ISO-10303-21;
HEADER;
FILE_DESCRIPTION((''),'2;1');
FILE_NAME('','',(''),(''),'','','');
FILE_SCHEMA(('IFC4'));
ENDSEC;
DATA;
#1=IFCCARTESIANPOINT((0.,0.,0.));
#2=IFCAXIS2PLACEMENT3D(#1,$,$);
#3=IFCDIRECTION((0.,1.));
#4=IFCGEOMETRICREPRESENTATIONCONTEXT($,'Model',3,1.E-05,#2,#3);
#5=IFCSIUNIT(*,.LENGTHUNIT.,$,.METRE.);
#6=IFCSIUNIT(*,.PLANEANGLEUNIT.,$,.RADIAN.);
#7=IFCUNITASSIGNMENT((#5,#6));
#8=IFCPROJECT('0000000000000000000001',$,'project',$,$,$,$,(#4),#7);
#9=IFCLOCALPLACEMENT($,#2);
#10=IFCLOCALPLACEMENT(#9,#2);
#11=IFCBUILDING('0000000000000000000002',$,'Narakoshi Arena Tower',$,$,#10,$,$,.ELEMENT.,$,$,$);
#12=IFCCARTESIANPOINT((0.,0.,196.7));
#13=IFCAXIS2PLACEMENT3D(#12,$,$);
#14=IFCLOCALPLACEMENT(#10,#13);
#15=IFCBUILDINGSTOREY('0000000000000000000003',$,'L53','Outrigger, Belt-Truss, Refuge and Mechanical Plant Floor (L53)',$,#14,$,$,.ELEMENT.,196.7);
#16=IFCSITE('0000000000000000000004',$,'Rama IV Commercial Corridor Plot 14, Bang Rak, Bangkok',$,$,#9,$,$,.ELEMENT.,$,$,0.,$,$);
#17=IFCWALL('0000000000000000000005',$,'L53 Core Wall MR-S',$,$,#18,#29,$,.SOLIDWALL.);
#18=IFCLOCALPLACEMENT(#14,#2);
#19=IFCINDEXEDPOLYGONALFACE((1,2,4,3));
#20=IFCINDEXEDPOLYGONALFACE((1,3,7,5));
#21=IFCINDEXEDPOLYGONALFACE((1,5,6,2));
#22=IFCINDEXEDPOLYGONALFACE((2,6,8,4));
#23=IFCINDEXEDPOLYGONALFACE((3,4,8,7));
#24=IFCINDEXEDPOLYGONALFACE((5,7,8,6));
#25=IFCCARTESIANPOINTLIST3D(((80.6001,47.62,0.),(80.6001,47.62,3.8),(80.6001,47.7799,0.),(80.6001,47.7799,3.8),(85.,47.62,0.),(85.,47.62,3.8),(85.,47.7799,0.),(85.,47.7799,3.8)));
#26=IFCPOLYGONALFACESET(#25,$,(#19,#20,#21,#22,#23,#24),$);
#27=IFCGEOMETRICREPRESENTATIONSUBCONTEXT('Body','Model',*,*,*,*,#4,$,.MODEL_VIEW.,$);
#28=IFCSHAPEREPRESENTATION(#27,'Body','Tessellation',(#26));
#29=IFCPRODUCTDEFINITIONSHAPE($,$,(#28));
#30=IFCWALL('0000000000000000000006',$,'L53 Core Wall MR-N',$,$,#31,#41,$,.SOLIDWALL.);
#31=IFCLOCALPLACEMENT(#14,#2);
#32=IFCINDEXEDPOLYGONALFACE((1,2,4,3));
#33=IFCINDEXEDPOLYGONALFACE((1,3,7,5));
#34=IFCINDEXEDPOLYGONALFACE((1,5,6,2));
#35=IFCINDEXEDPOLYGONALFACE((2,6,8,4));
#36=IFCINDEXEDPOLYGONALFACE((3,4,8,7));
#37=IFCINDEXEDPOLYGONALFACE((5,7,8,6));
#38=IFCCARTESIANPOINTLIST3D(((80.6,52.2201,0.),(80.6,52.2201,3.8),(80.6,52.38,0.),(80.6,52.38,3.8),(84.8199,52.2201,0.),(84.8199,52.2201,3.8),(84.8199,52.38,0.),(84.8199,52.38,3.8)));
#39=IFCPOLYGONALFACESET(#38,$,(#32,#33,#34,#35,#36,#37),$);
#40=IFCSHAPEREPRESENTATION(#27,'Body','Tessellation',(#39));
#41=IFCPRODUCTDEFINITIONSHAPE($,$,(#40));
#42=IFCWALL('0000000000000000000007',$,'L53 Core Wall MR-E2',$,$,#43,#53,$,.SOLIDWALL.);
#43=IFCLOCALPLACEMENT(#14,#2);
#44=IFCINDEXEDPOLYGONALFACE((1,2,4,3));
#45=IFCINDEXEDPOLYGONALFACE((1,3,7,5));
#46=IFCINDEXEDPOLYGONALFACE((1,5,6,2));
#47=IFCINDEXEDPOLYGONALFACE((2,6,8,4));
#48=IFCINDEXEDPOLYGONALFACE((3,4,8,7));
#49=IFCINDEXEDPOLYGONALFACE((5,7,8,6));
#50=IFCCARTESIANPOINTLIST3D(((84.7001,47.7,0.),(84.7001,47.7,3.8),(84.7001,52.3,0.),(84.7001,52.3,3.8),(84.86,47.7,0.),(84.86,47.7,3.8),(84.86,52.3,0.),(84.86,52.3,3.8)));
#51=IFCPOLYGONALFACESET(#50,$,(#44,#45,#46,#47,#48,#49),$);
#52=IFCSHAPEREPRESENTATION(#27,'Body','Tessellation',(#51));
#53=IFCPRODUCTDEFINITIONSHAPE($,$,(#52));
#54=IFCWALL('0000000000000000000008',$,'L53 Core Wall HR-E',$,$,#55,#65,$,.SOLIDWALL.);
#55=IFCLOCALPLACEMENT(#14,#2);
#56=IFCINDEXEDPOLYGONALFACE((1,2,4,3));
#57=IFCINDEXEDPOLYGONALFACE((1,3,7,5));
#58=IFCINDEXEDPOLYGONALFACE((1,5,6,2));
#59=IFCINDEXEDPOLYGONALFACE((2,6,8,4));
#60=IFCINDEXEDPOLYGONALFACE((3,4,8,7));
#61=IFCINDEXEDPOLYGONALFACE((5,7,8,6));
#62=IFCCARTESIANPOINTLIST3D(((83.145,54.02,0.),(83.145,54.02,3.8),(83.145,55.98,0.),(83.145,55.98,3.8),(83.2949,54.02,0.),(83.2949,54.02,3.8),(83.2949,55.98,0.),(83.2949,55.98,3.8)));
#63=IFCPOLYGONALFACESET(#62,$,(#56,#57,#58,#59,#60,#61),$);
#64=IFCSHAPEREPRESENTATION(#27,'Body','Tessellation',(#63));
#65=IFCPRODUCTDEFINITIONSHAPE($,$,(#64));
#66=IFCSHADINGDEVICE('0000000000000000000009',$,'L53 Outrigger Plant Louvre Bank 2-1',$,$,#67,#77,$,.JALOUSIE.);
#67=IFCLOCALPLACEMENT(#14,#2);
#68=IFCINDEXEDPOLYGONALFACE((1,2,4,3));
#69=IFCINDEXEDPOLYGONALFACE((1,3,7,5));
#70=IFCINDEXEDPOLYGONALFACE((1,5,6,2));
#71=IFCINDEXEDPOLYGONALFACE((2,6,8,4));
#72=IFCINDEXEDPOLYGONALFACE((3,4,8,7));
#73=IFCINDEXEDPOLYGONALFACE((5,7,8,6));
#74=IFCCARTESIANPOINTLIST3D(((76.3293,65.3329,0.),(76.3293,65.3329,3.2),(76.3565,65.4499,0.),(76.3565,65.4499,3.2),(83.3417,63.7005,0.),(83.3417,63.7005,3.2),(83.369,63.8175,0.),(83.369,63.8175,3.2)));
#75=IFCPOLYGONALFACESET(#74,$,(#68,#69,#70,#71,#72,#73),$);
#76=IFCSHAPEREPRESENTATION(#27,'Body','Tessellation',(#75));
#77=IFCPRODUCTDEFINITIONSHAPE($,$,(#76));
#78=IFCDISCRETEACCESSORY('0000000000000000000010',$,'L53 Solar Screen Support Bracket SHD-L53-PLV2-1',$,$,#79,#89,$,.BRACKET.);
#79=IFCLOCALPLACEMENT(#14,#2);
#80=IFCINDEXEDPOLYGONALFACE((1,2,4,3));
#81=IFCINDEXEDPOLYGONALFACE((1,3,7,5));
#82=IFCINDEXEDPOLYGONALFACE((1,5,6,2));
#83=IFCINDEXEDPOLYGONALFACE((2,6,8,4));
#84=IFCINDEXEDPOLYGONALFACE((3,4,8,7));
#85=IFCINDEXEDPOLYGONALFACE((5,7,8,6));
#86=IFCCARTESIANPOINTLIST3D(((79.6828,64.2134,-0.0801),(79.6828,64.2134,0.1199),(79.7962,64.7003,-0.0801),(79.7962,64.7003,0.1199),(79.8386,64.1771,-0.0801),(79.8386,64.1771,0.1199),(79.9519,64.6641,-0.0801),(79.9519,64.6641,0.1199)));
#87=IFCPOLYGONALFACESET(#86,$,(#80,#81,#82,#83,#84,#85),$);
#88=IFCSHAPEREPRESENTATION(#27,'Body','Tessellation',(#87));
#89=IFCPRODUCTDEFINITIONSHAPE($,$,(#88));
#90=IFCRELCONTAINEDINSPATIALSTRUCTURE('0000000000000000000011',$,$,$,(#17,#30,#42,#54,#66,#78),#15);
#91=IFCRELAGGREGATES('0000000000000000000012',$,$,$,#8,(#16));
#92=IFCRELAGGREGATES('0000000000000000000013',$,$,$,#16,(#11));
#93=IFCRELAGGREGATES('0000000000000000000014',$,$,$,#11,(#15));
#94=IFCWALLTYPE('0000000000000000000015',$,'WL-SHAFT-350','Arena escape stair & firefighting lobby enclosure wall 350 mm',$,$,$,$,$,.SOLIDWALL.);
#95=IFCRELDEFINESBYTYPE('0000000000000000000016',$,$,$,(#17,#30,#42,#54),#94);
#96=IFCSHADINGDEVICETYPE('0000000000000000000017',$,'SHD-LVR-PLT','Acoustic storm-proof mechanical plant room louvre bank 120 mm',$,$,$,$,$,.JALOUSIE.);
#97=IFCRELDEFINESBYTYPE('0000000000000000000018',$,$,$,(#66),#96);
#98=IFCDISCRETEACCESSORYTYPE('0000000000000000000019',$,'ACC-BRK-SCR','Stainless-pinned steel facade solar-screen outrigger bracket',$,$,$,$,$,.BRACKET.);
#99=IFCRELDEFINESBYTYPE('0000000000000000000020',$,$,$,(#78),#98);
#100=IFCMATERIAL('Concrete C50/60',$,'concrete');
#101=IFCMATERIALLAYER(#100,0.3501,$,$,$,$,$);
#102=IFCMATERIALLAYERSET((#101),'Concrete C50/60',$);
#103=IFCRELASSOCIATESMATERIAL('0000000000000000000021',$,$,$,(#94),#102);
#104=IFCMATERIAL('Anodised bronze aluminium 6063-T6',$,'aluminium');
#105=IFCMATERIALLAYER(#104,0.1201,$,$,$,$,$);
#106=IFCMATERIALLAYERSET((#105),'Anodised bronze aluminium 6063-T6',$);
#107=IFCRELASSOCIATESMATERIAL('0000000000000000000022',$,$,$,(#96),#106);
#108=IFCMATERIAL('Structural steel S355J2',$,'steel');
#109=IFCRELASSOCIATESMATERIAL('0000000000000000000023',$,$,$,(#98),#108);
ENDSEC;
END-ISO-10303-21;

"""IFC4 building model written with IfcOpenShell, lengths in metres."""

from ifc_helpers import new_model, si_unit, direction, frame, frame_2d, origin, origin_2d, place, context, subcontext, project, spatial, rectangle, extrude, material, layer, layer_set, type_object, element, save


model = new_model("IFC4")

# Units and contexts
model_context = context("Model", 3, precision=1e-05, world=origin(), true_north=direction((0.0, 1.0)))
body_context = subcontext(model_context, "Body", "Model", "MODEL_VIEW")
ifc_project = project(units=[si_unit("LENGTHUNIT", "METRE"), si_unit("PLANEANGLEUNIT", "RADIAN")], contexts=[model_context])

# Site, building, storey
site_placement = place(None, origin())
site = spatial("IfcSite", under=ifc_project, at=site_placement, Name="Rama IV Commercial Corridor Plot 14, Bang Rak, Bangkok", CompositionType="ELEMENT", RefElevation=0.0)
building_placement = place(site_placement, origin())
building = spatial("IfcBuilding", under=site, at=building_placement, Name="Narakoshi Arena Tower", CompositionType="ELEMENT")
storey_placement = place(building_placement, frame((0.0, 0.0, 196.7)))
storey = spatial("IfcBuildingStorey", under=building, at=storey_placement, Name="L53", Description="Outrigger, Belt-Truss, Refuge and Mechanical Plant Floor (L53)", CompositionType="ELEMENT", Elevation=196.7)

# Shared definitions
ifc_material_1 = material(Name="Anodised bronze aluminium 6063-T6", Category="aluminium")

# Shared definitions
ifc_material_2 = material(Name="Concrete C50/60", Category="concrete")

# Walls
ifc_layer_1 = layer(ifc_material_2, 0.3501)
ifc_layer_set_1 = layer_set([ifc_layer_1], Name="Concrete C50/60")
wall_type_1 = type_object("IfcWallType", Name="WL-SHAFT-350", Description="Arena escape stair & firefighting lobby enclosure wall 350 mm", PredefinedType="SOLIDWALL", material=ifc_layer_set_1)
wall_1_placement = place(storey_placement, frame((80.6001, 47.7, 0.0), z_axis=(0.0, 0.0, 1.0), x_axis=(1.0, 0.0, 0.0)))
element("IfcWall", 1, at=wall_1_placement, inside=storey, type_object=wall_type_1, Name="L53 Core Wall MR-S", PredefinedType="SOLIDWALL", context=body_context, shape_type="SweptSolid", body=[
    extrude(rectangle(XDim=4.3999, YDim=0.1599, at=frame_2d((2.2, 0.0))), origin(), (0.0, 0.0, 1.0), 3.8),
])
wall_2_placement = place(storey_placement, frame((80.6001, 52.3, 0.0), z_axis=(0.0, 0.0, 1.0), x_axis=(1.0, 0.0, 0.0)))
element("IfcWall", 2, at=wall_2_placement, inside=storey, type_object=wall_type_1, Name="L53 Core Wall MR-N", PredefinedType="SOLIDWALL", context=body_context, shape_type="SweptSolid", body=[
    extrude(rectangle(XDim=4.22, YDim=0.1599, at=frame_2d((2.1099, 0.0))), origin(), (0.0, 0.0, 1.0), 3.8),
])
wall_3_placement = place(storey_placement, frame((84.78, 47.7, 0.0), z_axis=(0.0, 0.0, 1.0), x_axis=(0.0, 1.0, 0.0)))
element("IfcWall", 3, at=wall_3_placement, inside=storey, type_object=wall_type_1, Name="L53 Core Wall MR-E2", PredefinedType="SOLIDWALL", context=body_context, shape_type="SweptSolid", body=[
    extrude(rectangle(XDim=4.6001, YDim=0.1599, at=frame_2d((2.3, 0.0))), origin(), (0.0, 0.0, 1.0), 3.8),
])
wall_4_placement = place(storey_placement, frame((83.22, 54.02, 0.0), z_axis=(0.0, 0.0, 1.0), x_axis=(0.0, 1.0, 0.0)))
element("IfcWall", 4, at=wall_4_placement, inside=storey, type_object=wall_type_1, Name="L53 Core Wall HR-E", PredefinedType="SOLIDWALL", context=body_context, shape_type="SweptSolid", body=[
    extrude(rectangle(XDim=1.96, YDim=0.1499, at=frame_2d((0.98, 0.0))), origin(), (0.0, 0.0, 1.0), 3.8),
])

# Shading device
ifc_layer_2 = layer(ifc_material_1, 0.1201)
ifc_layer_set_2 = layer_set([ifc_layer_2], Name="Anodised bronze aluminium 6063-T6")
shading_device_type = type_object("IfcShadingDeviceType", Name="SHD-LVR-PLT", Description="Acoustic storm-proof mechanical plant room louvre bank 120 mm", PredefinedType="JALOUSIE", material=ifc_layer_set_2)
shading_device_placement = place(storey_placement, frame((79.8491, 64.5752, 0.0), z_axis=(0.0, 0.0, 1.0), x_axis=(-0.97396, 0.226719, 0.0)))
element("IfcShadingDevice", 5, at=shading_device_placement, inside=storey, type_object=shading_device_type, Name="L53 Outrigger Plant Louvre Bank 2-1", PredefinedType="JALOUSIE", context=body_context, shape_type="SweptSolid", body=[
    extrude(rectangle(XDim=7.2, YDim=0.1201, at=origin_2d()), origin(), (0.0, 0.0, 1.0), 3.2),
])

# Discrete accessory
ifc_material_3 = material(Name="Structural steel S355J2", Category="steel")
discrete_accessory_type = type_object("IfcDiscreteAccessoryType", Name="ACC-BRK-SCR", Description="Stainless-pinned steel facade solar-screen outrigger bracket", PredefinedType="BRACKET", material=ifc_material_3)
discrete_accessory_placement = place(storey_placement, frame((79.8174, 64.4387, -0.0801), z_axis=(0.0, 0.0, 1.0), x_axis=(-0.97396, 0.226719, 0.0)))
element("IfcDiscreteAccessory", 6, at=discrete_accessory_placement, inside=storey, type_object=discrete_accessory_type, Name="L53 Solar Screen Support Bracket SHD-L53-PLV2-1", PredefinedType="BRACKET", context=body_context, shape_type="SweptSolid", body=[
    extrude(rectangle(XDim=0.1599, YDim=0.5, at=origin_2d()), origin(), (0.0, 0.0, 1.0), 0.2),
])

save(model, "model.ifc")
